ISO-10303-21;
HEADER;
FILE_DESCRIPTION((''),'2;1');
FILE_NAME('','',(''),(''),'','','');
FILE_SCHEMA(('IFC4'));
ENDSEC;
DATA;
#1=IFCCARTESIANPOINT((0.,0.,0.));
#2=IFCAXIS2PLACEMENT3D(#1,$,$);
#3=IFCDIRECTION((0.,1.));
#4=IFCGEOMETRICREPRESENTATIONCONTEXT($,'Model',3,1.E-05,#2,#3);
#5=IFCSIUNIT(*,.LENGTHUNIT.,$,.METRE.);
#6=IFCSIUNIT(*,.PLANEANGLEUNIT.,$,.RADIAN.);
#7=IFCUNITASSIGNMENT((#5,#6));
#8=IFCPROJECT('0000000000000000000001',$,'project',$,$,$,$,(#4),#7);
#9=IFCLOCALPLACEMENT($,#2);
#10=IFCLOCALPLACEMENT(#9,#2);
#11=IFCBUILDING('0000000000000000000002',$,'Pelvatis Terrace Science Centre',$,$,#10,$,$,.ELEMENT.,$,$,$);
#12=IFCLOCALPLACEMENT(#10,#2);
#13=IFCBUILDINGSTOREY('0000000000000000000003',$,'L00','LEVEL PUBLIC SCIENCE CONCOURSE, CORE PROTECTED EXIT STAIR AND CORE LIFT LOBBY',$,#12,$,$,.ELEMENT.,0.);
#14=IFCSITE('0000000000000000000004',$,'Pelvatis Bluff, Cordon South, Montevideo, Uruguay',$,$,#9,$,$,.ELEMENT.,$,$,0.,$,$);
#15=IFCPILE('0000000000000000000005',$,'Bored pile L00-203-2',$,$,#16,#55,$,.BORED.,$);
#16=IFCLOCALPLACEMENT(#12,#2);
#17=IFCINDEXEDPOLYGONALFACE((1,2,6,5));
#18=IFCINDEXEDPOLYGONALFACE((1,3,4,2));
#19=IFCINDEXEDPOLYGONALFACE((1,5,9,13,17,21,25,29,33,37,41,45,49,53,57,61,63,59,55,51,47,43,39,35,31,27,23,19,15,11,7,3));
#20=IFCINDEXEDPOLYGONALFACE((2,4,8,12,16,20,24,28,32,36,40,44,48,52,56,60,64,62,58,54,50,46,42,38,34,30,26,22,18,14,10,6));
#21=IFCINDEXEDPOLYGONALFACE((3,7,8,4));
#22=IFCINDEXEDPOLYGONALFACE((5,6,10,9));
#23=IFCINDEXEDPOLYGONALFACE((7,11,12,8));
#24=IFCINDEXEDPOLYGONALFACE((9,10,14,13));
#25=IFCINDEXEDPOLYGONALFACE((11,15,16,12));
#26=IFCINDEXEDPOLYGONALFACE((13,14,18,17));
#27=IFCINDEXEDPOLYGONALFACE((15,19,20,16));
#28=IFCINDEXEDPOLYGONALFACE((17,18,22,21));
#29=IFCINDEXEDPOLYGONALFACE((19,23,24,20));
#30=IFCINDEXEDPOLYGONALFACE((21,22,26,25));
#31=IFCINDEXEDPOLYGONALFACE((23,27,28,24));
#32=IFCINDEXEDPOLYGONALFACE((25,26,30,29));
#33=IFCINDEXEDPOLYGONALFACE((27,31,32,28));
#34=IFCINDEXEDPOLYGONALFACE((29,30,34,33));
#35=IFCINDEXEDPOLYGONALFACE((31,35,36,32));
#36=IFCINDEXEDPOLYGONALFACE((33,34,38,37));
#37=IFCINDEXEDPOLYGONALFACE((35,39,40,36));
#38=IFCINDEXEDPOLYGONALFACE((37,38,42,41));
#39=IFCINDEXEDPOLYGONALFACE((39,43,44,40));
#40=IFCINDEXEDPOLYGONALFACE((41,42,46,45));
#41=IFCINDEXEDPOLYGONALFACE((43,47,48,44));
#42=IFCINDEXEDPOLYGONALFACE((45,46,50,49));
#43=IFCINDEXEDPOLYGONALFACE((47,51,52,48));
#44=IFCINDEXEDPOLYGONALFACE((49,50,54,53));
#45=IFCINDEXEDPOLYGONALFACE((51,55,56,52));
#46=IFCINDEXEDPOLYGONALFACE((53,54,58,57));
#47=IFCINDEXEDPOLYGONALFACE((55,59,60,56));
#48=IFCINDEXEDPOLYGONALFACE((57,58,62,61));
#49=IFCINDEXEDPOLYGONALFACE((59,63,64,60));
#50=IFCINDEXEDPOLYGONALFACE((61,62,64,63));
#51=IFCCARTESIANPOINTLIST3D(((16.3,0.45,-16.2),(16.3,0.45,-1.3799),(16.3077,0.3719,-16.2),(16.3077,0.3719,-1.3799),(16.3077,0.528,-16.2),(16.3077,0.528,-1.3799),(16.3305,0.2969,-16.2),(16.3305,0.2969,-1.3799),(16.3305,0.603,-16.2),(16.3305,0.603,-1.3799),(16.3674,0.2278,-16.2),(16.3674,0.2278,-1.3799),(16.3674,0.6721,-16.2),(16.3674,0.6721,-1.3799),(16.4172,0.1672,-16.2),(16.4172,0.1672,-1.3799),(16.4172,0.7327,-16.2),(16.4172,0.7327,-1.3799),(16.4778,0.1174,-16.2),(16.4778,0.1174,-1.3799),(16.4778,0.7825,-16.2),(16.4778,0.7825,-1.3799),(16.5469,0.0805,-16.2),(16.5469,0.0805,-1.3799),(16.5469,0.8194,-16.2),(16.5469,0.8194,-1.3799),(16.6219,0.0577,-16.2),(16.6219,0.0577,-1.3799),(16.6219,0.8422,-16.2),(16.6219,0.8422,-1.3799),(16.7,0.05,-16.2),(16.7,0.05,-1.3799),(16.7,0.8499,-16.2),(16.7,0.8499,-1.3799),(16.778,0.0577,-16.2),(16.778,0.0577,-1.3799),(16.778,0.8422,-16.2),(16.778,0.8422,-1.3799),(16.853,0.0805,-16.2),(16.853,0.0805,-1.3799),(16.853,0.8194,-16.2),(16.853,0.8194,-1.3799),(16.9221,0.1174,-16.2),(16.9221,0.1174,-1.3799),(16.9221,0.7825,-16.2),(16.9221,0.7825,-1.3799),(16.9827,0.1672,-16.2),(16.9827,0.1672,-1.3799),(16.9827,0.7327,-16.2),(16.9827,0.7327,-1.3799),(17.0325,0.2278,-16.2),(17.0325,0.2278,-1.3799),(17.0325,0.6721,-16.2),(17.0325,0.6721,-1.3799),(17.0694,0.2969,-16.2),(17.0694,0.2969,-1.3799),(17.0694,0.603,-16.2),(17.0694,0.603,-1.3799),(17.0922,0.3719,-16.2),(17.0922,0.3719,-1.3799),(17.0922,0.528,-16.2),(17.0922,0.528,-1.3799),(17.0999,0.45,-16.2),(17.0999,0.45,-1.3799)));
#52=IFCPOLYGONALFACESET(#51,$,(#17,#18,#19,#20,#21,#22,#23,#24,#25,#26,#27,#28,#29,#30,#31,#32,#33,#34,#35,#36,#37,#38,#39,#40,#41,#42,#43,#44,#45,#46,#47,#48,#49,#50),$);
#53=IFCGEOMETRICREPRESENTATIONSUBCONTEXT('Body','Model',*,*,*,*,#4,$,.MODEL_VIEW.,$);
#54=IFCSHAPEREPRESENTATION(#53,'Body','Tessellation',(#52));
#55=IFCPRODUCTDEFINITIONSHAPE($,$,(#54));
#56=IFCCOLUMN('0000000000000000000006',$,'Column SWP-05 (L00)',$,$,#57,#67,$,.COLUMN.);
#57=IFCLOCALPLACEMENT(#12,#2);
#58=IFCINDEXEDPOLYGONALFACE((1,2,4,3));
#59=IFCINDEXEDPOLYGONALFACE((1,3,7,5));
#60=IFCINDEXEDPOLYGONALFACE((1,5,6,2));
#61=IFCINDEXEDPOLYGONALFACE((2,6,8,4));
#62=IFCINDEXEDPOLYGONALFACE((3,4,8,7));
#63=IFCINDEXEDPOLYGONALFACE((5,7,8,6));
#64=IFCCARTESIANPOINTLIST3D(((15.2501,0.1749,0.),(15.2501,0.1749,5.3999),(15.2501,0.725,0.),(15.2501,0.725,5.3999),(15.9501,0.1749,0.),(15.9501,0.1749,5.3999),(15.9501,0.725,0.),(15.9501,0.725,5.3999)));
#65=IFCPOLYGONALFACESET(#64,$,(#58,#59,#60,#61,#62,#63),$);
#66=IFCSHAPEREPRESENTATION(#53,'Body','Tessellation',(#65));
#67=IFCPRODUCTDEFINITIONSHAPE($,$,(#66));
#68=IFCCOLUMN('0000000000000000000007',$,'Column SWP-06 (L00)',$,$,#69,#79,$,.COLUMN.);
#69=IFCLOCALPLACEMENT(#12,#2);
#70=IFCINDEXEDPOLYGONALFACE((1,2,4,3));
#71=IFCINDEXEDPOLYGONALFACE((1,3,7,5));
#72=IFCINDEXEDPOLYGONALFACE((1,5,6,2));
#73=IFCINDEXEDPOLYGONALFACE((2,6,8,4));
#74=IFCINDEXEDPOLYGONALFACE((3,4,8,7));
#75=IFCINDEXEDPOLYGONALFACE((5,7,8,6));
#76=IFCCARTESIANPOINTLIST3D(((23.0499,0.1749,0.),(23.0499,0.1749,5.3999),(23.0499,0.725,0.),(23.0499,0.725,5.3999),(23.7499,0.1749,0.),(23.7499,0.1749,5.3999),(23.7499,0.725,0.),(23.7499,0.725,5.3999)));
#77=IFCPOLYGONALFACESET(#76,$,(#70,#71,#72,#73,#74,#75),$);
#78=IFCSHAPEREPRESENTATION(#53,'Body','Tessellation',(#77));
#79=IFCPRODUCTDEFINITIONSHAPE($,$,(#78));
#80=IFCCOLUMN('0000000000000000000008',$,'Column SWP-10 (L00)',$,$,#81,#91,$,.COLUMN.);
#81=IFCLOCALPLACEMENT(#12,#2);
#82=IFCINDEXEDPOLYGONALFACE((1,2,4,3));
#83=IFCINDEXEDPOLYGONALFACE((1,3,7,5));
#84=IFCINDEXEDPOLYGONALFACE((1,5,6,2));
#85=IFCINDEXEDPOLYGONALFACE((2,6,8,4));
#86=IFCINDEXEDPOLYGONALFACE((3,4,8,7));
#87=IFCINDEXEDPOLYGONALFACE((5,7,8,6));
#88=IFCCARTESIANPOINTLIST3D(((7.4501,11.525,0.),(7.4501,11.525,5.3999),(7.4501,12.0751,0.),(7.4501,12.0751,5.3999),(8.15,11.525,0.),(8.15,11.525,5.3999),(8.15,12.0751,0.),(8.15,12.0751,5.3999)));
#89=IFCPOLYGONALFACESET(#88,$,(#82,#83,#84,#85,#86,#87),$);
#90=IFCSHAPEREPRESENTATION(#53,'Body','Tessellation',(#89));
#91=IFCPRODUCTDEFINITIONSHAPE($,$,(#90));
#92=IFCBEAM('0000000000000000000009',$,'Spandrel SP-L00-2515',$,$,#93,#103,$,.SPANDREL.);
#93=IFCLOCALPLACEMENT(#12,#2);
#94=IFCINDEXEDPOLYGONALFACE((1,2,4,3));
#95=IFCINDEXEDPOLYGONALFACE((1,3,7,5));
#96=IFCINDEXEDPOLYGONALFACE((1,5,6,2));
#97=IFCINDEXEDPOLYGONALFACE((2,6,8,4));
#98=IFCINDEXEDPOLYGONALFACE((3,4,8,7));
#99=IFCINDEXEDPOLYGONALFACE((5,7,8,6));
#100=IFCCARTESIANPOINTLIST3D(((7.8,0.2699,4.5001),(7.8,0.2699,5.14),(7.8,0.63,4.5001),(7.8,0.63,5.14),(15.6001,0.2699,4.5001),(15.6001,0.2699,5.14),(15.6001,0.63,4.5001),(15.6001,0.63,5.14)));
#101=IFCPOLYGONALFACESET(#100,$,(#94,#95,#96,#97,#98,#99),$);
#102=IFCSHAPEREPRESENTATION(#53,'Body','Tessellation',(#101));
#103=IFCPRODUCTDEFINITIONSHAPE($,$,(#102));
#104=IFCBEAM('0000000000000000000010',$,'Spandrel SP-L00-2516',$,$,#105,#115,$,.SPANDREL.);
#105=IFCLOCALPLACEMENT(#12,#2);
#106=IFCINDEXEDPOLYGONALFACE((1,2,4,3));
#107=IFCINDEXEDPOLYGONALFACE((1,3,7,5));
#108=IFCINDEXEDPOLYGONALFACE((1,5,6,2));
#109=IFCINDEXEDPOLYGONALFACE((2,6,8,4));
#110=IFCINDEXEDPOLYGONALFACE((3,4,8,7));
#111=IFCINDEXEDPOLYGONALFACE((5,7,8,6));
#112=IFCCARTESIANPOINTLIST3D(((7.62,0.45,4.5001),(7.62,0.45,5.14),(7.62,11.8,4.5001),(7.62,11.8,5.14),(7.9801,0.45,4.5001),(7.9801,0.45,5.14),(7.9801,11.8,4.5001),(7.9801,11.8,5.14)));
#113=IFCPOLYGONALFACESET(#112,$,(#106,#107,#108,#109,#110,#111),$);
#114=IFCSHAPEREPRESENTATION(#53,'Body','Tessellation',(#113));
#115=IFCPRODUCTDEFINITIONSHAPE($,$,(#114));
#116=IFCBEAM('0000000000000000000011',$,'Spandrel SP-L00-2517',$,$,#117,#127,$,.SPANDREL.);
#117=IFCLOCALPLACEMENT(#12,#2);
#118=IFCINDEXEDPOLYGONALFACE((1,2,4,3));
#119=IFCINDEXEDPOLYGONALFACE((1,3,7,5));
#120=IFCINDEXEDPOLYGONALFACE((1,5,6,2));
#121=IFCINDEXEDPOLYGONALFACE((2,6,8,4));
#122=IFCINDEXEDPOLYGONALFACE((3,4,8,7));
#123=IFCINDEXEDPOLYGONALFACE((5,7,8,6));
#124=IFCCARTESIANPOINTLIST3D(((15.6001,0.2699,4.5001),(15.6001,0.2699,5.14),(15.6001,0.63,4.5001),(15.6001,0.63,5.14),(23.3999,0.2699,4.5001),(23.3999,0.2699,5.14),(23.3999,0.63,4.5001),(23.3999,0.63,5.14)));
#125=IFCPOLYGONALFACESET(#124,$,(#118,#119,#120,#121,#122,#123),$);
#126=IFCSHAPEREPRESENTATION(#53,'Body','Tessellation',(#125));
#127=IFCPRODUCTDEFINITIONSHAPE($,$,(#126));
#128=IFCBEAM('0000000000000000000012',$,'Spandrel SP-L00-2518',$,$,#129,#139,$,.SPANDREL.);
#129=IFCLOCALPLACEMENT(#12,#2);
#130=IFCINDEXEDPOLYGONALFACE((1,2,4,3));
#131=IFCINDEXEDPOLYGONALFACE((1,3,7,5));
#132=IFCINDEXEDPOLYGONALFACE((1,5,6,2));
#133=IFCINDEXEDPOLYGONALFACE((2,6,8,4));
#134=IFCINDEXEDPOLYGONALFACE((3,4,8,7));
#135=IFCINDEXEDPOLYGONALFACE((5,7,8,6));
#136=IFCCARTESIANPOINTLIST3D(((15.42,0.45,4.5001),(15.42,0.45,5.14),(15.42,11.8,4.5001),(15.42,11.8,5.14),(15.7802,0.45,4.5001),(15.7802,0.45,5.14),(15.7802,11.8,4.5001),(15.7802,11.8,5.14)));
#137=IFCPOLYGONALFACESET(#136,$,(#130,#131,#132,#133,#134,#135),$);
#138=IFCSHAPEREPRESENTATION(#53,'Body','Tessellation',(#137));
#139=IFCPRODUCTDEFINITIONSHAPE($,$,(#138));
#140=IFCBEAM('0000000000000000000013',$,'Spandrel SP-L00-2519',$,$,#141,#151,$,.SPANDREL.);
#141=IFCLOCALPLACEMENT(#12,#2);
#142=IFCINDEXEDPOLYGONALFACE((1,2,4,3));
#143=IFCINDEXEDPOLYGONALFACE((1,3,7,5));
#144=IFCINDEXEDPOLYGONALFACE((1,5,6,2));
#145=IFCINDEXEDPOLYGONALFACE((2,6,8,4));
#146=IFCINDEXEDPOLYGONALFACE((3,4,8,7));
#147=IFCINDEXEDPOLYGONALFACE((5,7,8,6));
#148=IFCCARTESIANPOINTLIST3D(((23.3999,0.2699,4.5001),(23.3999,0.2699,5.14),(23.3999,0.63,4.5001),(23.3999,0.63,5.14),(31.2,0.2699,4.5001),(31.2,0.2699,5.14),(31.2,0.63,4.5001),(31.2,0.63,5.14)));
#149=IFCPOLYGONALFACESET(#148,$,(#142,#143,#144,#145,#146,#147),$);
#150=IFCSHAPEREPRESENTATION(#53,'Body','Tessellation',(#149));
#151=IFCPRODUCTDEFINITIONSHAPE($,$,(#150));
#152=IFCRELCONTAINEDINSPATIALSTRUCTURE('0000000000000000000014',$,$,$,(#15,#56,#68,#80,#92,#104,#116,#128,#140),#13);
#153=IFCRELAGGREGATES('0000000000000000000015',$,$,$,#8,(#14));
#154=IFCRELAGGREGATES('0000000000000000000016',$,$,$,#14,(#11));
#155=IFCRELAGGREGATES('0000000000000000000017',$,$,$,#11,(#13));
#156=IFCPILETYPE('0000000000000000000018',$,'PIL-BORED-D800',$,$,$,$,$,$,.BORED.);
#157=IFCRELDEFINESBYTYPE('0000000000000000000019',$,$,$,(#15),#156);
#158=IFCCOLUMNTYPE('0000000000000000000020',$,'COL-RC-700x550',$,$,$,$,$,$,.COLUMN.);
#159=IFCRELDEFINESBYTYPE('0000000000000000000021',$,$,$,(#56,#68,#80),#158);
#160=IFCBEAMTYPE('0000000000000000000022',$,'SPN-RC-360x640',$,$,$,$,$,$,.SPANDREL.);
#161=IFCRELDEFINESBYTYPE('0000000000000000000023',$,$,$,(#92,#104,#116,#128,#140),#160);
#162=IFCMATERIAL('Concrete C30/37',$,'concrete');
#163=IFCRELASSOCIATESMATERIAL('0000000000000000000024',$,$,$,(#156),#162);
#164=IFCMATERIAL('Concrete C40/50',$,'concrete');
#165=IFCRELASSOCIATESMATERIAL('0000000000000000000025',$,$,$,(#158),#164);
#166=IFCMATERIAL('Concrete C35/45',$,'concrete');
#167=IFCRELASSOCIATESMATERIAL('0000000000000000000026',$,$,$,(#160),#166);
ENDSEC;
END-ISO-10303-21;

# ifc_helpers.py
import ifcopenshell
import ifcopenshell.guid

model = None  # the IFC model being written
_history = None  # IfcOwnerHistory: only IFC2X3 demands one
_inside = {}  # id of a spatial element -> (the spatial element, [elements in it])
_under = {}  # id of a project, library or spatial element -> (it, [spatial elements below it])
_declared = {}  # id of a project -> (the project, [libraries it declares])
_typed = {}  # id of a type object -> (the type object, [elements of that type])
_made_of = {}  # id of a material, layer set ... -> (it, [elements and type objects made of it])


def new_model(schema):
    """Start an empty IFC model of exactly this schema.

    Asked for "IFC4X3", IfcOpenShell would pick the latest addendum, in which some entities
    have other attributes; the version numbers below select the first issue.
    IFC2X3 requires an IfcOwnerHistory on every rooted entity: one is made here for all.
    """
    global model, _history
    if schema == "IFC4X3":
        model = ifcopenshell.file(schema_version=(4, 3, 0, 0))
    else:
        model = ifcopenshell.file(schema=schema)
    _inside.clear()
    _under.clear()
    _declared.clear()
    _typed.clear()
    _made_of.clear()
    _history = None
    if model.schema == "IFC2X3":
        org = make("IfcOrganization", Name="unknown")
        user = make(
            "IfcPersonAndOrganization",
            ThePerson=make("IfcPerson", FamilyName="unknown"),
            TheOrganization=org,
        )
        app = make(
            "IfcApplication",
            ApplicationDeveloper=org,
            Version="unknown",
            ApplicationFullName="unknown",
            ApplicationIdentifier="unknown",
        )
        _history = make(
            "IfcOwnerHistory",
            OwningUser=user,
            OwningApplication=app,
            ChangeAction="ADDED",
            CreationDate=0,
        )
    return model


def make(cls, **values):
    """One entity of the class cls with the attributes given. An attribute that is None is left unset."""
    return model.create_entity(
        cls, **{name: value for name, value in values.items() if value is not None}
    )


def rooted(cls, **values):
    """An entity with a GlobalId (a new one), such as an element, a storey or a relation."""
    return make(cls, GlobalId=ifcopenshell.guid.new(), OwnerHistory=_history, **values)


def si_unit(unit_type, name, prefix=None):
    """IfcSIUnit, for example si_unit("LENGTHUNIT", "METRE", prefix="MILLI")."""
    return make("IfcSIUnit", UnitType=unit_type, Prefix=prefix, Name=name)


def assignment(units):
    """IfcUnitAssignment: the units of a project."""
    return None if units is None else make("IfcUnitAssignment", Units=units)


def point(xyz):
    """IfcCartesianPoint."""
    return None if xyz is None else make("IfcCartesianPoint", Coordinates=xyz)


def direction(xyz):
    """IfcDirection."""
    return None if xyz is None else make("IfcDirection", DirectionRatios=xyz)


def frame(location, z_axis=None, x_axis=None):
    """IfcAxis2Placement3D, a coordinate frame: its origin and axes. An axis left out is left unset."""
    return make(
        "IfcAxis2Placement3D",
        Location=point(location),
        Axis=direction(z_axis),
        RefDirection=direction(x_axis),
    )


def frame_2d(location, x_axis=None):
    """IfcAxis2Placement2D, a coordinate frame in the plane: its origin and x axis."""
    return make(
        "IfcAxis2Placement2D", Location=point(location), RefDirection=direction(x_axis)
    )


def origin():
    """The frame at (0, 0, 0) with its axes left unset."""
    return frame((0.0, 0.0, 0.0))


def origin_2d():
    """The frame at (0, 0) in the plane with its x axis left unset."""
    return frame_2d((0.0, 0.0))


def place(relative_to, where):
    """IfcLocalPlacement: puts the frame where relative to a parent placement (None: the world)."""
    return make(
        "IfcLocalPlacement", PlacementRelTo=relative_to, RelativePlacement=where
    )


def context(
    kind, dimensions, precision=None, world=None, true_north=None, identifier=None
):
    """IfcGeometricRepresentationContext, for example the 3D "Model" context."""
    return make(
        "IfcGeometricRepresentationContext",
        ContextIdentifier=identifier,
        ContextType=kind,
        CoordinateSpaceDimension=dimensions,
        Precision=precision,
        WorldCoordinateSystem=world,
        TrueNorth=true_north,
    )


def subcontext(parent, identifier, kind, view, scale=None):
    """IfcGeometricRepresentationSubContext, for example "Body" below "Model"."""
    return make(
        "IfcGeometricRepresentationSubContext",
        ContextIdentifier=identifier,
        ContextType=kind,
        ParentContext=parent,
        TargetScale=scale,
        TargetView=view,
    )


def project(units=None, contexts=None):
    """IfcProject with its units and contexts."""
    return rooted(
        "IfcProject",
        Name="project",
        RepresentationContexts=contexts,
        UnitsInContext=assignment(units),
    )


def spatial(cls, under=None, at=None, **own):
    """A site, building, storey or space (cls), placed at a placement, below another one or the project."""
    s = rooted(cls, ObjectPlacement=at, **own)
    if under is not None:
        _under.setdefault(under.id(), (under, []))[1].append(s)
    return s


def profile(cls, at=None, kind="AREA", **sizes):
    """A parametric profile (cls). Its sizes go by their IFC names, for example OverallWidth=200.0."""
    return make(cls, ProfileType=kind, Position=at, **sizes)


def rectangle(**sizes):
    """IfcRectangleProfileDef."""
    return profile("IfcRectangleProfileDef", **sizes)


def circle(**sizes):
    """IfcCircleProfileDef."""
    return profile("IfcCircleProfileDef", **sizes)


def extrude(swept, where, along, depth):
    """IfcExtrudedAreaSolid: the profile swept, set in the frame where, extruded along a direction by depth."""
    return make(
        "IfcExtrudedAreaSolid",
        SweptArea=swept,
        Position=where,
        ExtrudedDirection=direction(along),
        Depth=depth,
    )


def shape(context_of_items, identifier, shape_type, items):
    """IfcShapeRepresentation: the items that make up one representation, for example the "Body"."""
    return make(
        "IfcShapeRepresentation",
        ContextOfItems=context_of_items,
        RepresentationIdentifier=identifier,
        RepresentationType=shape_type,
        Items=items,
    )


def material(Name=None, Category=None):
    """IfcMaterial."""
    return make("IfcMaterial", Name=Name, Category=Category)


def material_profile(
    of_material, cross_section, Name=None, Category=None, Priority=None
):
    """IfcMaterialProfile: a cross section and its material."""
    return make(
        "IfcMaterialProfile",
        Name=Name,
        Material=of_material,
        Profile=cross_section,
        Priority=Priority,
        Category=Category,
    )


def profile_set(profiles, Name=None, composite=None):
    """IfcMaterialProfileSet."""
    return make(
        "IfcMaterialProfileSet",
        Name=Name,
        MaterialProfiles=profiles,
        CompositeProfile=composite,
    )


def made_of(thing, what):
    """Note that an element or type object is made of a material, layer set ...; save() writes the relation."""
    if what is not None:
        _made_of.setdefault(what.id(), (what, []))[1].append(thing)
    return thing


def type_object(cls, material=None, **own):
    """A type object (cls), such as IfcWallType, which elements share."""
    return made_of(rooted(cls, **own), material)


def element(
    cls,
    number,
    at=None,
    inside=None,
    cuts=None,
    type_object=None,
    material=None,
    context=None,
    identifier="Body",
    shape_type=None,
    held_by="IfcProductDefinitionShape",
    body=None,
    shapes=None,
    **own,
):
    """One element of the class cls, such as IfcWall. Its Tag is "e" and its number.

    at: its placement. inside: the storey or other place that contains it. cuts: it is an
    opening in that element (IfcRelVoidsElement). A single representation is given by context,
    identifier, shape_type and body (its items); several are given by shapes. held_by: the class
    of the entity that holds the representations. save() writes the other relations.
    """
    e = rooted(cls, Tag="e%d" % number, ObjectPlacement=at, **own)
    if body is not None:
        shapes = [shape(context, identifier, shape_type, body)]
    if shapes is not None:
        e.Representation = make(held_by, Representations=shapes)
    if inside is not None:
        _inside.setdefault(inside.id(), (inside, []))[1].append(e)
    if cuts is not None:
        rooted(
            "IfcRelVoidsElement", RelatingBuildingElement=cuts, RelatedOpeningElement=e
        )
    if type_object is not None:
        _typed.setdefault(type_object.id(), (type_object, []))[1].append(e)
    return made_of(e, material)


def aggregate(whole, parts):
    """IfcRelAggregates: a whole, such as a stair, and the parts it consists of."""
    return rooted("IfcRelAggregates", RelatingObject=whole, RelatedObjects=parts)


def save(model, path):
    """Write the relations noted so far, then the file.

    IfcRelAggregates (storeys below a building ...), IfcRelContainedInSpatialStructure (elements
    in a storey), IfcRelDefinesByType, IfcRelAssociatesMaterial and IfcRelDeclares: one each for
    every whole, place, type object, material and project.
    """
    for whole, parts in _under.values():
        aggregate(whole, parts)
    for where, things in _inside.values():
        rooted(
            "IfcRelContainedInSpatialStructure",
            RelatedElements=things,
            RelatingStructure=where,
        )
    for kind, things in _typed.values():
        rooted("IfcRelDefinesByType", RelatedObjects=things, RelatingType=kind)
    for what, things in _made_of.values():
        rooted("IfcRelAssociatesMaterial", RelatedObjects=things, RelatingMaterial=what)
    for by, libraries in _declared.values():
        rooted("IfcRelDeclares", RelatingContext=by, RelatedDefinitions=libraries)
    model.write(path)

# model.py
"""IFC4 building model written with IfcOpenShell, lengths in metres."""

from ifc_helpers import new_model, si_unit, direction, frame, origin, origin_2d, place, context, subcontext, project, spatial, rectangle, circle, extrude, material, material_profile, profile_set, type_object, element, save


model = new_model("IFC4")

# Units and contexts
model_context = context("Model", 3, precision=1e-05, world=origin(), true_north=direction((0.0, 1.0)))
body_context = subcontext(model_context, "Body", "Model", "MODEL_VIEW")
ifc_project = project(units=[si_unit("LENGTHUNIT", "METRE"), si_unit("PLANEANGLEUNIT", "RADIAN")], contexts=[model_context])

# Site, building, storey
site_placement = place(None, origin())
site = spatial("IfcSite", under=ifc_project, at=site_placement, Name="Pelvatis Bluff, Cordon South, Montevideo, Uruguay", CompositionType="ELEMENT", RefElevation=0.0)
building_placement = place(site_placement, origin())
building = spatial("IfcBuilding", under=site, at=building_placement, Name="Pelvatis Terrace Science Centre", CompositionType="ELEMENT")
storey_placement = place(building_placement, origin())
storey = spatial("IfcBuildingStorey", under=building, at=storey_placement, Name="L00", Description="LEVEL PUBLIC SCIENCE CONCOURSE, CORE PROTECTED EXIT STAIR AND CORE LIFT LOBBY", CompositionType="ELEMENT", Elevation=0.0)

# Pile
ifc_material_1 = material(Name="Concrete C30/37", Category="concrete")
ifc_material_profile_1 = material_profile(ifc_material_1, circle(Radius=0.3999, at=origin_2d()), Name="PILE D800")
ifc_profile_set_1 = profile_set([ifc_material_profile_1], Name="Concrete C30/37")
pile_type = type_object("IfcPileType", Name="PIL-BORED-D800", PredefinedType="BORED", material=ifc_profile_set_1)
for number, where, z_axis, x_axis, name in (
    (1, (16.7, 0.45, -1.3799), (0.0, 0.0, -1.0), (1.0, 0.0, 0.0), "Bored pile L00-203-2"),
):
    element("IfcPile", number, at=place(storey_placement, frame(where, z_axis=z_axis, x_axis=x_axis)), inside=storey, type_object=pile_type, Name=name, PredefinedType="BORED", context=body_context, shape_type="SweptSolid", body=[
        extrude(circle(Radius=0.3999, at=origin_2d()), origin(), (0.0, 0.0, 1.0), 14.8201),
    ])

# Columns
ifc_material_2 = material(Name="Concrete C40/50", Category="concrete")
ifc_material_profile_2 = material_profile(ifc_material_2, rectangle(XDim=0.7, YDim=0.55, at=origin_2d()), Name="RC-COL 700x550")
ifc_profile_set_2 = profile_set([ifc_material_profile_2], Name="Concrete C40/50")
column_type = type_object("IfcColumnType", Name="COL-RC-700x550", PredefinedType="COLUMN", material=ifc_profile_set_2)
for number, where, z_axis, x_axis, name in (
    (2, (15.6001, 0.45, 0.0), (0.0, 0.0, 1.0), (1.0, 0.0, 0.0), "Column SWP-05 (L00)"),
    (3, (23.3999, 0.45, 0.0), (0.0, 0.0, 1.0), (1.0, 0.0, 0.0), "Column SWP-06 (L00)"),
    (4, (7.8, 11.8, 0.0), (0.0, 0.0, 1.0), (1.0, 0.0, 0.0), "Column SWP-10 (L00)"),
):
    element("IfcColumn", number, at=place(storey_placement, frame(where, z_axis=z_axis, x_axis=x_axis)), inside=storey, type_object=column_type, Name=name, PredefinedType="COLUMN", context=body_context, shape_type="SweptSolid", body=[
        extrude(rectangle(XDim=0.7, YDim=0.55, at=origin_2d()), origin(), (0.0, 0.0, 1.0), 5.3999),
    ])

# Beams
ifc_material_3 = material(Name="Concrete C35/45", Category="concrete")
ifc_material_profile_3 = material_profile(ifc_material_3, rectangle(XDim=0.3601, YDim=0.6399, at=origin_2d()), Name="RC-SPN 360x640")
ifc_profile_set_3 = profile_set([ifc_material_profile_3], Name="Concrete C35/45")
beam_type = type_object("IfcBeamType", Name="SPN-RC-360x640", PredefinedType="SPANDREL", material=ifc_profile_set_3)
beam_1_placement = place(storey_placement, frame((7.8, 0.45, 4.8201), z_axis=(1.0, 0.0, 0.0), x_axis=(0.0, 1.0, 0.0)))
element("IfcBeam", 5, at=beam_1_placement, inside=storey, type_object=beam_type, Name="Spandrel SP-L00-2515", PredefinedType="SPANDREL", context=body_context, shape_type="SweptSolid", body=[
    extrude(rectangle(XDim=0.3601, YDim=0.6399, at=origin_2d()), origin(), (0.0, 0.0, 1.0), 7.8),
])
beam_2_placement = place(storey_placement, frame((7.8, 0.45, 4.8201), z_axis=(0.0, 1.0, 0.0), x_axis=(-1.0, 0.0, 0.0)))
element("IfcBeam", 6, at=beam_2_placement, inside=storey, type_object=beam_type, Name="Spandrel SP-L00-2516", PredefinedType="SPANDREL", context=body_context, shape_type="SweptSolid", body=[
    extrude(rectangle(XDim=0.3601, YDim=0.6399, at=origin_2d()), origin(), (0.0, 0.0, 1.0), 11.3501),
])
beam_3_placement = place(storey_placement, frame((15.6001, 0.45, 4.8201), z_axis=(1.0, 0.0, 0.0), x_axis=(0.0, 1.0, 0.0)))
element("IfcBeam", 7, at=beam_3_placement, inside=storey, type_object=beam_type, Name="Spandrel SP-L00-2517", PredefinedType="SPANDREL", context=body_context, shape_type="SweptSolid", body=[
    extrude(rectangle(XDim=0.3601, YDim=0.6399, at=origin_2d()), origin(), (0.0, 0.0, 1.0), 7.7998),
])
beam_4_placement = place(storey_placement, frame((15.6001, 0.45, 4.8201), z_axis=(0.0, 1.0, 0.0), x_axis=(-1.0, 0.0, 0.0)))
element("IfcBeam", 8, at=beam_4_placement, inside=storey, type_object=beam_type, Name="Spandrel SP-L00-2518", PredefinedType="SPANDREL", context=body_context, shape_type="SweptSolid", body=[
    extrude(rectangle(XDim=0.3601, YDim=0.6399, at=origin_2d()), origin(), (0.0, 0.0, 1.0), 11.3501),
])
beam_5_placement = place(storey_placement, frame((23.3999, 0.45, 4.8201), z_axis=(1.0, 0.0, 0.0), x_axis=(0.0, 1.0, 0.0)))
element("IfcBeam", 9, at=beam_5_placement, inside=storey, type_object=beam_type, Name="Spandrel SP-L00-2519", PredefinedType="SPANDREL", context=body_context, shape_type="SweptSolid", body=[
    extrude(rectangle(XDim=0.3601, YDim=0.6399, at=origin_2d()), origin(), (0.0, 0.0, 1.0), 7.8),
])

save(model, "model.ifc")
